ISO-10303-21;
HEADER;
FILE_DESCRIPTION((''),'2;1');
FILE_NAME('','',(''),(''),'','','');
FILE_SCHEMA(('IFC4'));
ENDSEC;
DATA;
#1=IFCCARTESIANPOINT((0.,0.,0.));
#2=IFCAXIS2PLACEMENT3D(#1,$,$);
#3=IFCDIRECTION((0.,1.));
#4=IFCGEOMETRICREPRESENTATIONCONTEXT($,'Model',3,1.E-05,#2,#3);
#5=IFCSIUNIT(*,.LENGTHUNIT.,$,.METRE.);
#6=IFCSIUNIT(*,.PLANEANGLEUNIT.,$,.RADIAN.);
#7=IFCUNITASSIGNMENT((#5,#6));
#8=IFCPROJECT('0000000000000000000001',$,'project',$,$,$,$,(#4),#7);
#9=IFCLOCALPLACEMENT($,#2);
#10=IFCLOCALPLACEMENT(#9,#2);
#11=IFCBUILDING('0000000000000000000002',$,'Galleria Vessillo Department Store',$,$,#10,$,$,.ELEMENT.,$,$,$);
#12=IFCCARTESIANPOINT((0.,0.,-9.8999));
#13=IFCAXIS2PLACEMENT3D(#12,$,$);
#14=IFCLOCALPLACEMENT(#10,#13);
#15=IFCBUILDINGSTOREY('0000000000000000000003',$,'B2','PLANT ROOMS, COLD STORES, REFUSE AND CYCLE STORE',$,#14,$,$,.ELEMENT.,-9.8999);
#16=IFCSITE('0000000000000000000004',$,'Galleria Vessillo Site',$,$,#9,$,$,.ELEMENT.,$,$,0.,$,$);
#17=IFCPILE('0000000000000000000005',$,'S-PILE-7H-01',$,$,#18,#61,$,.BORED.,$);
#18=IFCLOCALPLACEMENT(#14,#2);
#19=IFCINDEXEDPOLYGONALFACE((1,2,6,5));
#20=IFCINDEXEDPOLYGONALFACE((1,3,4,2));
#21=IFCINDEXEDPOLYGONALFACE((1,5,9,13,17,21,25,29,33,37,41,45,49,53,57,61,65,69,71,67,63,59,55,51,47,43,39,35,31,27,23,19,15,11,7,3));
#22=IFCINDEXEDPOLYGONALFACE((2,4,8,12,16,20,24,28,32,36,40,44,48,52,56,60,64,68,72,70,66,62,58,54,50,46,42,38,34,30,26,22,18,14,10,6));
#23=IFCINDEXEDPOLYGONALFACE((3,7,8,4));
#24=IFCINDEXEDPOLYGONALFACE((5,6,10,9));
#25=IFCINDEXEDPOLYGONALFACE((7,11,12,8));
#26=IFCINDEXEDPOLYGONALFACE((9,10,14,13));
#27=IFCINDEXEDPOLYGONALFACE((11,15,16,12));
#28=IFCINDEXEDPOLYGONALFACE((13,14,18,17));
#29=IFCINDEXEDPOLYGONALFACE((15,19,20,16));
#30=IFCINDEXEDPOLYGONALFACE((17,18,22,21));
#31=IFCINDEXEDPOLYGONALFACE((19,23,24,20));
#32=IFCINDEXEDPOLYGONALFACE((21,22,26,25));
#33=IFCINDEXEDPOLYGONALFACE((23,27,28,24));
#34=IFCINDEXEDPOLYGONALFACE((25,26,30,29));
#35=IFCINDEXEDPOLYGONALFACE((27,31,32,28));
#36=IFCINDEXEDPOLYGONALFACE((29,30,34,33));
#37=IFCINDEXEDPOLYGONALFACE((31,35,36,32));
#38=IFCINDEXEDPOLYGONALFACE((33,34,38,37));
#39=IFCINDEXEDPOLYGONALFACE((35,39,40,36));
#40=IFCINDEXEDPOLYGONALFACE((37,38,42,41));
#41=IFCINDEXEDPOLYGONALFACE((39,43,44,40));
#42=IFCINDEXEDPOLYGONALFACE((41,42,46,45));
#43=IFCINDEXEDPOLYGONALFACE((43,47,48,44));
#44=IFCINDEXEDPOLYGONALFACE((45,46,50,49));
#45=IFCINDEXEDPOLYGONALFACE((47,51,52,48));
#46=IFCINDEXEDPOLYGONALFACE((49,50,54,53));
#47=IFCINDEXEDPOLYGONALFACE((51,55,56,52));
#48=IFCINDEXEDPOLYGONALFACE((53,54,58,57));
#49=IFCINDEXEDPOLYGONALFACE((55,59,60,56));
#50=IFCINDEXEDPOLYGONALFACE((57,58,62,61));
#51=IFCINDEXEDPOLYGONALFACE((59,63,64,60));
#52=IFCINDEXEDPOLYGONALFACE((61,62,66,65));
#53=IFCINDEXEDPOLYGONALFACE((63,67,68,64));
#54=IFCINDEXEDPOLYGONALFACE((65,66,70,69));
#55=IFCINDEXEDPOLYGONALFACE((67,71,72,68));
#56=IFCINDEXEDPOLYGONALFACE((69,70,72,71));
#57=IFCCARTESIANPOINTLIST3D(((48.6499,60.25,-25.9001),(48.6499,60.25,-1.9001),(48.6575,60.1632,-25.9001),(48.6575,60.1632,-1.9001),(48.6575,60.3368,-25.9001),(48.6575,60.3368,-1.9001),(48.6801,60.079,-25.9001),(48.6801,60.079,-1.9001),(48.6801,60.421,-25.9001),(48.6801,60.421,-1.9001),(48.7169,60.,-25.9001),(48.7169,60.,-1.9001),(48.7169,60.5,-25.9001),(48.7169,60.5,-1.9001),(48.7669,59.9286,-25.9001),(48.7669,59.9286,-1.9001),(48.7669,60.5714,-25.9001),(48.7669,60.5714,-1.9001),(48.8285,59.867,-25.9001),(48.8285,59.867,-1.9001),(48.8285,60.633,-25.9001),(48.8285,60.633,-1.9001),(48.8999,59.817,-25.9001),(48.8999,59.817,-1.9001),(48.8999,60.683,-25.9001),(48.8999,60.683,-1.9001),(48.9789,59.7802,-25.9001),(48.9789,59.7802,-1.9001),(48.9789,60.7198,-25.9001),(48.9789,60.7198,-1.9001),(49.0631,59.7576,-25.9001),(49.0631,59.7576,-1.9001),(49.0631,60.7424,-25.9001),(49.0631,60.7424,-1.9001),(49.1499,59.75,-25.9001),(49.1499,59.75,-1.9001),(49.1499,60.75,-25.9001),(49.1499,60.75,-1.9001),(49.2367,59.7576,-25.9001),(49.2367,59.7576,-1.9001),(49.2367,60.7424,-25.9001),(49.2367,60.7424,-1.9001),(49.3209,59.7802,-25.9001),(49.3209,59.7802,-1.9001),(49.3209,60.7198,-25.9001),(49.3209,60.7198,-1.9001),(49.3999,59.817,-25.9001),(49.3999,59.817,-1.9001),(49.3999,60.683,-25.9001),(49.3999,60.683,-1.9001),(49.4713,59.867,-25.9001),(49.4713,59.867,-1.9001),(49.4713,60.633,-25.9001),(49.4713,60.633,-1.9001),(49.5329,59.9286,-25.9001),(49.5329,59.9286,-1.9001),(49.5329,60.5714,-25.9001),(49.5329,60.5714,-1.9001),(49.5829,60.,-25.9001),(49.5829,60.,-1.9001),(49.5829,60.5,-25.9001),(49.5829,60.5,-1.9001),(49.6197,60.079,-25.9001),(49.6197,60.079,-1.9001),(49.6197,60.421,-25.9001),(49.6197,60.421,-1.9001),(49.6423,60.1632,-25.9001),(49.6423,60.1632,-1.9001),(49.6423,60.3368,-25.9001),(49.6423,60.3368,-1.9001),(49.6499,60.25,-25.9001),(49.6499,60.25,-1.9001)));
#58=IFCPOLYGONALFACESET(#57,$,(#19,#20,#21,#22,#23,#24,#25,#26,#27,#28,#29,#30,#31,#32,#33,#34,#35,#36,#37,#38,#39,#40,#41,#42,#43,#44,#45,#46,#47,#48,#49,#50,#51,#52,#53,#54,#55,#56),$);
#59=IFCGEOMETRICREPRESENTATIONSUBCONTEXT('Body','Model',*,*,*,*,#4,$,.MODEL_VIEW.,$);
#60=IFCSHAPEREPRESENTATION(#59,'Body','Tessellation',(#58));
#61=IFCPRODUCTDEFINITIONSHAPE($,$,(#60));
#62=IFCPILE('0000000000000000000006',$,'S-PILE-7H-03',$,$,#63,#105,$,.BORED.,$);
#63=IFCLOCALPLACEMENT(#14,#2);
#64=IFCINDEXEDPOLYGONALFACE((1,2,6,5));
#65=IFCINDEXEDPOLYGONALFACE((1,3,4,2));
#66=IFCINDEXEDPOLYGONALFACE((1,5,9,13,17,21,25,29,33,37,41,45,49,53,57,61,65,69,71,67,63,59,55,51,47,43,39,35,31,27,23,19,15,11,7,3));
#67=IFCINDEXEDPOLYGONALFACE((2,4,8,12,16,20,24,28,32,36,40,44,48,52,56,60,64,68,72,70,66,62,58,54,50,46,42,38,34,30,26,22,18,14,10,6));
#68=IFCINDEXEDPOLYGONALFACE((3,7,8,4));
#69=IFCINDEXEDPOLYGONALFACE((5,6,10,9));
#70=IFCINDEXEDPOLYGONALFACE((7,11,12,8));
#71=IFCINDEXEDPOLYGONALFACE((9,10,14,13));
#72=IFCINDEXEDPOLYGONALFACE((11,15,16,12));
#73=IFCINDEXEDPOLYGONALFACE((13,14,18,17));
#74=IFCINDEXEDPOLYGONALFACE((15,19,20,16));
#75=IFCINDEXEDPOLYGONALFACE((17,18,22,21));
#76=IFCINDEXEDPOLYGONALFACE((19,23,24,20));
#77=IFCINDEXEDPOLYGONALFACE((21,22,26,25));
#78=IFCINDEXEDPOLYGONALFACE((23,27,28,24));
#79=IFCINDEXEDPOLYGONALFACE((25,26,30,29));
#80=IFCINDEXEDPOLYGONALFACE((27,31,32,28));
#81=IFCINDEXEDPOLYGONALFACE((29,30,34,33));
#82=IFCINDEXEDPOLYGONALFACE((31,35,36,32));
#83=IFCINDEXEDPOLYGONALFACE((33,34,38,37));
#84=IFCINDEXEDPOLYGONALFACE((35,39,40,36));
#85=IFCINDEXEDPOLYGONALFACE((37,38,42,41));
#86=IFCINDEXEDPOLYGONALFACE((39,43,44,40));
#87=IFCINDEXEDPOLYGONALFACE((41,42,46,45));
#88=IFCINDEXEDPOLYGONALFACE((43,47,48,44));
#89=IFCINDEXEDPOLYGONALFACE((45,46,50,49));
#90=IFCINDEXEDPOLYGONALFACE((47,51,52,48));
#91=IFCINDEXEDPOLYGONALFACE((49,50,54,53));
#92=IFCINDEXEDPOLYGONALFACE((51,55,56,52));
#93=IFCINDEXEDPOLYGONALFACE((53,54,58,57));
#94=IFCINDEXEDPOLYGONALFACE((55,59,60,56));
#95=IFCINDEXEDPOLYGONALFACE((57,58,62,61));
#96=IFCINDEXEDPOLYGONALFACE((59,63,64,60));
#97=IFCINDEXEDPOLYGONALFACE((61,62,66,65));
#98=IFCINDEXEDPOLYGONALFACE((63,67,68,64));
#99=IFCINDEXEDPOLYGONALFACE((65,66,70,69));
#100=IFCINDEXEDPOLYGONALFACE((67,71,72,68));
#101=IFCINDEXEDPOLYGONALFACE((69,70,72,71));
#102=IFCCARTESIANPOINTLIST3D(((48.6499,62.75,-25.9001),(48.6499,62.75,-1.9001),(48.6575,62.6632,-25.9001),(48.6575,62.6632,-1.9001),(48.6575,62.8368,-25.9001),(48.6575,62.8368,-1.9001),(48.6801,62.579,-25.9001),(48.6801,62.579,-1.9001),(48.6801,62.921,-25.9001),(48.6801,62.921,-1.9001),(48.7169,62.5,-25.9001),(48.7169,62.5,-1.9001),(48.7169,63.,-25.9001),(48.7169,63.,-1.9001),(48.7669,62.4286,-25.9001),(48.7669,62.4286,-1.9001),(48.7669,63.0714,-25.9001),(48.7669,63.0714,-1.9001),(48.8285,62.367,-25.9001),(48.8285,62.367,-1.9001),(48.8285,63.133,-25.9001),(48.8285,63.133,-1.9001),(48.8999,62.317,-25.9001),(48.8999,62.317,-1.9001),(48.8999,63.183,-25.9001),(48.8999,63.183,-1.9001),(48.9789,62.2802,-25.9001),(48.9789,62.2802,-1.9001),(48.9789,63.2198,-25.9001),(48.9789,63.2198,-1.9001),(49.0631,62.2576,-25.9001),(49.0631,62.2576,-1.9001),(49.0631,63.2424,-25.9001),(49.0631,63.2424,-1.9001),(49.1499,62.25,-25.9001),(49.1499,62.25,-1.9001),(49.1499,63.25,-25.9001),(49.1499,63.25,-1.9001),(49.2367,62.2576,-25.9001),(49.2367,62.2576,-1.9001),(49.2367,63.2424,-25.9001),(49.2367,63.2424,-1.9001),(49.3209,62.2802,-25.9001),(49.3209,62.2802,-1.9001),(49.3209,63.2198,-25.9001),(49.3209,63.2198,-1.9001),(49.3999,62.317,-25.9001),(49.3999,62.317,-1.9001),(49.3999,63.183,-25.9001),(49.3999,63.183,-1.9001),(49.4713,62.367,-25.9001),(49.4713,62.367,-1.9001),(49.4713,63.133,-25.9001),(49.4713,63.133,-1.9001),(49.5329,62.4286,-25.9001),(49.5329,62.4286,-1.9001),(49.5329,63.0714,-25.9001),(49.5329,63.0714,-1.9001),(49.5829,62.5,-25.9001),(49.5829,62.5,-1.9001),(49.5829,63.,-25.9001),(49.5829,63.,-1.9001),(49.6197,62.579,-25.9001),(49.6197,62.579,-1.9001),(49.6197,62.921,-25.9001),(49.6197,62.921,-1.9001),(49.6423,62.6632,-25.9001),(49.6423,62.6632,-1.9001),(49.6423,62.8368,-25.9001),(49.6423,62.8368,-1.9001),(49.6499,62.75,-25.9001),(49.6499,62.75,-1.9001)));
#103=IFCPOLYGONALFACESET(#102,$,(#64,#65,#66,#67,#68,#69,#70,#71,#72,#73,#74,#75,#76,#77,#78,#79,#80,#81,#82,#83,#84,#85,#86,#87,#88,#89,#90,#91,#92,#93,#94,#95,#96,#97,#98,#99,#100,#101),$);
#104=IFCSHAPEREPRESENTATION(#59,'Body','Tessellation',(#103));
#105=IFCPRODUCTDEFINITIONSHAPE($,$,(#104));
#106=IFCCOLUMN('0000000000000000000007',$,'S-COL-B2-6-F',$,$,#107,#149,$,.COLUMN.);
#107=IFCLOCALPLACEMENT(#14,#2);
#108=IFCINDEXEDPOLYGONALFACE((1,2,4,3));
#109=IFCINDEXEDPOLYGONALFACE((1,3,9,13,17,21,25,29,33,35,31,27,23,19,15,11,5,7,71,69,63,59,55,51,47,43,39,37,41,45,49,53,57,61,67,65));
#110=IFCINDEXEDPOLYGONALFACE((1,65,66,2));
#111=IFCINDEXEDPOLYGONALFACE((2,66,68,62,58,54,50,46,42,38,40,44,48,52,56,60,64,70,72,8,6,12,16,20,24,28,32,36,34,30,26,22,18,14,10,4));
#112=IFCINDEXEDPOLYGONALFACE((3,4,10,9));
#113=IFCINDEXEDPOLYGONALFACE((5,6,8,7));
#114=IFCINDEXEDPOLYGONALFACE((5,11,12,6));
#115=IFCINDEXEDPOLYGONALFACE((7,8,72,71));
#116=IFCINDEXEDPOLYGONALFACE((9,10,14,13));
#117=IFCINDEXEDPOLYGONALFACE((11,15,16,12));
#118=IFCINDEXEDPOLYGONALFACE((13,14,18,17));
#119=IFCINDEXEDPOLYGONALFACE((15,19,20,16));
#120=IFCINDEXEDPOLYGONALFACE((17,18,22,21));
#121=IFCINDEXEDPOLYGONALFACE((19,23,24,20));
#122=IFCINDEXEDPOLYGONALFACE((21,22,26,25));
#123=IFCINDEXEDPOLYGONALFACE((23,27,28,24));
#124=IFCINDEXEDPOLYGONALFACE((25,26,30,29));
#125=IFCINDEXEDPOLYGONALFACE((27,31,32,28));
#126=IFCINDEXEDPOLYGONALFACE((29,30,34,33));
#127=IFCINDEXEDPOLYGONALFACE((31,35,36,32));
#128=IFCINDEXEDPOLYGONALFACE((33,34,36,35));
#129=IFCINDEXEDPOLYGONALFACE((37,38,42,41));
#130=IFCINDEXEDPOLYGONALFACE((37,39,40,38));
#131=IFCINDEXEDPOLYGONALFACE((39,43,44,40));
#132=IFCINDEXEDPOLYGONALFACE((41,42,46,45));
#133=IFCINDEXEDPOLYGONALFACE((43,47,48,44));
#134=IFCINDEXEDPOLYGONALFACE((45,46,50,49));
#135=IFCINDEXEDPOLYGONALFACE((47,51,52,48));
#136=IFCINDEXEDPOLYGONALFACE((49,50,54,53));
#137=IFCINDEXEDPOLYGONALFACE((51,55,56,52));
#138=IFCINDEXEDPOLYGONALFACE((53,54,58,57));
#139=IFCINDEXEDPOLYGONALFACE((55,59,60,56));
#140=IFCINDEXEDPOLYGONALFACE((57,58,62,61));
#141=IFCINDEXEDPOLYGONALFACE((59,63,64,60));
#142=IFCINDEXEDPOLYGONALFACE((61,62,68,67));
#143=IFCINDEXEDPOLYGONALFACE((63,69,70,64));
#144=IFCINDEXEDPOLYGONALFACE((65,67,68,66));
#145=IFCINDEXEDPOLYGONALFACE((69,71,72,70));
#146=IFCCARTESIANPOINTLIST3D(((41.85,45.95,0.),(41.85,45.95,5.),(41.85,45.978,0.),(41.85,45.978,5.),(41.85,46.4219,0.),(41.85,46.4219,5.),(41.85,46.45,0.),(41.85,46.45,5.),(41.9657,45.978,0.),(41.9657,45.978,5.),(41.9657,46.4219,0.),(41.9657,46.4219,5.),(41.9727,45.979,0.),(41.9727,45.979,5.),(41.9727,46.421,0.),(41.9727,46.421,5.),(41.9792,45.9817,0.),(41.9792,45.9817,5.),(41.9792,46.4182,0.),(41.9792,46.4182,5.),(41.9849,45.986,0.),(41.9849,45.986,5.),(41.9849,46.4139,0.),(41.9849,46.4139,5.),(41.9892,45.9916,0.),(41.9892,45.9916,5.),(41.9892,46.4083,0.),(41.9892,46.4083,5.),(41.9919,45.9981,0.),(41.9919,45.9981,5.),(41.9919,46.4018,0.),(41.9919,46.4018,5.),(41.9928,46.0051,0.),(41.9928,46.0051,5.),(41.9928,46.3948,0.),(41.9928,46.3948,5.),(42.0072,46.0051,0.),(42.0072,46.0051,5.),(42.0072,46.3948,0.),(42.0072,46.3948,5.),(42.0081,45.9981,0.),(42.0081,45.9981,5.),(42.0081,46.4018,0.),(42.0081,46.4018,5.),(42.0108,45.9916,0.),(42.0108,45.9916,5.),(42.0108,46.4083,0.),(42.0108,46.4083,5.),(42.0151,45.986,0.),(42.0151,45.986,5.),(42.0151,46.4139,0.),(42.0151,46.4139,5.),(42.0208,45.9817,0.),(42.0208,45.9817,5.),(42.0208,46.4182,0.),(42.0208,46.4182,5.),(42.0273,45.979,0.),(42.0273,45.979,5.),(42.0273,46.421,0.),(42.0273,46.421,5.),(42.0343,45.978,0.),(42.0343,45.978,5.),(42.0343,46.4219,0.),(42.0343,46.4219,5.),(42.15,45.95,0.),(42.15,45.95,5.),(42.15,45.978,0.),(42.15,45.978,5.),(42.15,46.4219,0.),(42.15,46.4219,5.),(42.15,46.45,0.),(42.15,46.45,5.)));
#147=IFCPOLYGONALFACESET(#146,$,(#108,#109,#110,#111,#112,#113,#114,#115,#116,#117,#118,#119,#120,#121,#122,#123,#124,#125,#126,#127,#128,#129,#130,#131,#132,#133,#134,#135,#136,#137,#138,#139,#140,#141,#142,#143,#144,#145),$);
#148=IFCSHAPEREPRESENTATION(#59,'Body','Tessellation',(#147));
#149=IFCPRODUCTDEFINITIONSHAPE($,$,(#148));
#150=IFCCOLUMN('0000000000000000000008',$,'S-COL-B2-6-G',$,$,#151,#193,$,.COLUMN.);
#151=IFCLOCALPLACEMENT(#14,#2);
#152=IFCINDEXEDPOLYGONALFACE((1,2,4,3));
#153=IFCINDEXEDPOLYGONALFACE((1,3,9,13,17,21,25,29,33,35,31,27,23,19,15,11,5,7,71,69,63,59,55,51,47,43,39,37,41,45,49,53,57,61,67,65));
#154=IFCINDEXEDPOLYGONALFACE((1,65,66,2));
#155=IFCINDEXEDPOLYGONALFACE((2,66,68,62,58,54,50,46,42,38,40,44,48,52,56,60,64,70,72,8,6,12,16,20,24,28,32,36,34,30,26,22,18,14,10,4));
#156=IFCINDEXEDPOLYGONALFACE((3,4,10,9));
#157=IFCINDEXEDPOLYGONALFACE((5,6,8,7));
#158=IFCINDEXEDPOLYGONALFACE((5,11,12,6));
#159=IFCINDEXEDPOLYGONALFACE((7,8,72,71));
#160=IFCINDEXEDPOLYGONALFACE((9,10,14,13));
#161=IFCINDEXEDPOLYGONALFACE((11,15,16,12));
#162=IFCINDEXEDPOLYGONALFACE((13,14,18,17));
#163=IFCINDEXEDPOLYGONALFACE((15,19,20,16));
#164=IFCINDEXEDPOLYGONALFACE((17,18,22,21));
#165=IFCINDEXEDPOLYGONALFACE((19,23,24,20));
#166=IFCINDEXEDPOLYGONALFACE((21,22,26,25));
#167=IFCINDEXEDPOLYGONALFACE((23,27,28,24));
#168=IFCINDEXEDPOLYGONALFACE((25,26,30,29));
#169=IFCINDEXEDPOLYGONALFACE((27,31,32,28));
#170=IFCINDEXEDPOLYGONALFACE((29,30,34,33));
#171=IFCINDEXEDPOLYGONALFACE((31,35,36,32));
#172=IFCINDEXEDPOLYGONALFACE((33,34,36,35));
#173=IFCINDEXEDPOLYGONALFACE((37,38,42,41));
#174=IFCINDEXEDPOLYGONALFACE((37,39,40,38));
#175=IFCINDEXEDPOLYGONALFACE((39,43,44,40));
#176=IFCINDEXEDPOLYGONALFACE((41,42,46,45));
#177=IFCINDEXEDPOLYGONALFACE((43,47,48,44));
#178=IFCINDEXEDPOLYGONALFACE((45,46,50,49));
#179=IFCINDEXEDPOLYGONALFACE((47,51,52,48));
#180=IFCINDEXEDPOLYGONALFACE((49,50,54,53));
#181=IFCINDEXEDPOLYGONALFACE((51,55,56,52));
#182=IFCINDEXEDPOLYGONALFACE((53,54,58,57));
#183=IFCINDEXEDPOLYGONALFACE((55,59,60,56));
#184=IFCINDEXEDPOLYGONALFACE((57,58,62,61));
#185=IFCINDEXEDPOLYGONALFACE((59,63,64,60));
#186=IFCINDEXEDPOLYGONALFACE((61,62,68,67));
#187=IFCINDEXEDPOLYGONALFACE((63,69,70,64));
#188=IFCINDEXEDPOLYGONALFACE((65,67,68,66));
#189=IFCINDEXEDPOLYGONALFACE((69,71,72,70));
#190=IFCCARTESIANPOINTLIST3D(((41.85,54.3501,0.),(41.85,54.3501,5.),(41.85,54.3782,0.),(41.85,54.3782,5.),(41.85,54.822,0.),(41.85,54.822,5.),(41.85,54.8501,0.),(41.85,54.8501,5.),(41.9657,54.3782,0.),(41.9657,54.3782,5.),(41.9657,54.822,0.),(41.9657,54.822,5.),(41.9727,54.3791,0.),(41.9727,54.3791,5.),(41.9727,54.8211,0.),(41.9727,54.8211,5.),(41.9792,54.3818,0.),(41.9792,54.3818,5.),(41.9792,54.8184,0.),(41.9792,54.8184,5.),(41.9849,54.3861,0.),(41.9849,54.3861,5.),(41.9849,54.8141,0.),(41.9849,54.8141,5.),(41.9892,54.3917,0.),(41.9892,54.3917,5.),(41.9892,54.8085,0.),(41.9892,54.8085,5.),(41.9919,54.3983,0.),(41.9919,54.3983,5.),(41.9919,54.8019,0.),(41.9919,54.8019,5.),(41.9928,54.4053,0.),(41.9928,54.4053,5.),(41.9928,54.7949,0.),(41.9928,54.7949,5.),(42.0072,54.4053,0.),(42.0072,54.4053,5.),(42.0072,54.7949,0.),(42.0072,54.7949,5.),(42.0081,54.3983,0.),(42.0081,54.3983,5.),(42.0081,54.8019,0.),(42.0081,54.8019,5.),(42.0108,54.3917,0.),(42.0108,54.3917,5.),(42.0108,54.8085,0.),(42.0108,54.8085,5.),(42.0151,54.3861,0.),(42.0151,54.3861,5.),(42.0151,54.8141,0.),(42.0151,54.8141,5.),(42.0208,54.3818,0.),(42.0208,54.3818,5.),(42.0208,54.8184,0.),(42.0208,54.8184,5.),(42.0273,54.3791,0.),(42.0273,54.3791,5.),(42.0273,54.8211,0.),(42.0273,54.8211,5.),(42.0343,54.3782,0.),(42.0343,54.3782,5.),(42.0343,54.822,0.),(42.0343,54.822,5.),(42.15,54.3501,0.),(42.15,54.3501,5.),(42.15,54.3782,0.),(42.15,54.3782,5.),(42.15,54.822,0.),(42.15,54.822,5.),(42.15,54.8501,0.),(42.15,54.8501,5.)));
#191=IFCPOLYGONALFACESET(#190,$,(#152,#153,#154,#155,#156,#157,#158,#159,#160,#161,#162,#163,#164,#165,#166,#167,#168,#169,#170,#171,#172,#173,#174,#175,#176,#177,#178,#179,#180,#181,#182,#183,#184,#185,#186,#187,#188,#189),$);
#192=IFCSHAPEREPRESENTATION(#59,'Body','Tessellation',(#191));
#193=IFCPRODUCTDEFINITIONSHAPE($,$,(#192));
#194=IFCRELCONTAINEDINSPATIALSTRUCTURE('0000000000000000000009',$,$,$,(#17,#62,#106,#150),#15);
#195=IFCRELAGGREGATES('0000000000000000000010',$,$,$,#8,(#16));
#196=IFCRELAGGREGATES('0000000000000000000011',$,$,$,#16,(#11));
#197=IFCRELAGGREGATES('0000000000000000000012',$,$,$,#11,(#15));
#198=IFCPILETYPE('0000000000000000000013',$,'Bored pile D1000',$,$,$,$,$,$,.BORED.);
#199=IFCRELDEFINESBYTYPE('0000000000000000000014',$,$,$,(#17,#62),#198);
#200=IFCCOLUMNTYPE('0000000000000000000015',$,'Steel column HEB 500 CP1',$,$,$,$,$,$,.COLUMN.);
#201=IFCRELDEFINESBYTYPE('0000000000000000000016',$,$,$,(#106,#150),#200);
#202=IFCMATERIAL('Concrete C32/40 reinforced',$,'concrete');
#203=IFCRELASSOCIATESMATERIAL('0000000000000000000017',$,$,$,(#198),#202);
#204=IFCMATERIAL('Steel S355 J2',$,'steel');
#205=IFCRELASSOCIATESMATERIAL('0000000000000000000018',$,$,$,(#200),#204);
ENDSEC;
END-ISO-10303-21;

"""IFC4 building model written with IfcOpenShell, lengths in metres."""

from ifc_helpers import new_model, si_unit, direction, frame, origin, origin_2d, place, context, subcontext, project, spatial, circle, i_section, extrude, material, material_profile, profile_set, type_object, element, save


model = new_model("IFC4")

# Units and contexts
model_context = context("Model", 3, precision=1e-05, world=origin(), true_north=direction((0.0, 1.0)))
body_context = subcontext(model_context, "Body", "Model", "MODEL_VIEW")
ifc_project = project(units=[si_unit("LENGTHUNIT", "METRE"), si_unit("PLANEANGLEUNIT", "RADIAN")], contexts=[model_context])

# Site, building, storey
site_placement = place(None, origin())
site = spatial("IfcSite", under=ifc_project, at=site_placement, Name="Galleria Vessillo Site", CompositionType="ELEMENT", RefElevation=0.0)
building_placement = place(site_placement, origin())
building = spatial("IfcBuilding", under=site, at=building_placement, Name="Galleria Vessillo Department Store", CompositionType="ELEMENT")
storey_placement = place(building_placement, frame((0.0, 0.0, -9.8999)))
storey = spatial("IfcBuildingStorey", under=building, at=storey_placement, Name="B2", Description="PLANT ROOMS, COLD STORES, REFUSE AND CYCLE STORE", CompositionType="ELEMENT", Elevation=-9.8999)

# Piles
ifc_material_1 = material(Name="Concrete C32/40 reinforced", Category="concrete")
ifc_material_profile_1 = material_profile(ifc_material_1, circle(Radius=0.5, at=origin_2d()), Name="Bored pile D1000")
ifc_profile_set_1 = profile_set([ifc_material_profile_1], Name="Concrete C32/40 reinforced")
pile_type = type_object("IfcPileType", Name="Bored pile D1000", PredefinedType="BORED", material=ifc_profile_set_1)
for number, where, z_axis, x_axis, name in (
    (1, (49.1499, 60.25, -1.9001), (0.0, 0.0, -1.0), (1.0, 0.0, 0.0), "S-PILE-7H-01"),
    (2, (49.1499, 62.75, -1.9001), (0.0, 0.0, -1.0), (1.0, 0.0, 0.0), "S-PILE-7H-03"),
):
    element("IfcPile", number, at=place(storey_placement, frame(where, z_axis=z_axis, x_axis=x_axis)), inside=storey, type_object=pile_type, Name=name, PredefinedType="BORED", context=body_context, shape_type="SweptSolid", body=[
        extrude(circle(Radius=0.5, at=origin_2d()), origin(), (0.0, 0.0, 1.0), 24.0),
    ])

# Columns
ifc_material_2 = material(Name="Steel S355 J2", Category="steel")
ifc_material_profile_2 = material_profile(ifc_material_2, i_section(OverallWidth=0.3, OverallDepth=0.5, WebThickness=0.0144, FlangeThickness=0.0281, FilletRadius=0.0271, at=origin_2d()), Name="HEB 500")
ifc_profile_set_2 = profile_set([ifc_material_profile_2], Name="Steel S355 J2")
column_type = type_object("IfcColumnType", Name="Steel column HEB 500 CP1", PredefinedType="COLUMN", material=ifc_profile_set_2)
for number, where, z_axis, x_axis, name in (
    (3, (42.0, 46.2, 0.0), (0.0, 0.0, 1.0), (1.0, 0.0, 0.0), "S-COL-B2-6-F"),
    (4, (42.0, 54.6001, 0.0), (0.0, 0.0, 1.0), (1.0, 0.0, 0.0), "S-COL-B2-6-G"),
):
    element("IfcColumn", number, at=place(storey_placement, frame(where, z_axis=z_axis, x_axis=x_axis)), inside=storey, type_object=column_type, Name=name, PredefinedType="COLUMN", context=body_context, shape_type="SweptSolid", body=[
        extrude(i_section(OverallWidth=0.3, OverallDepth=0.5, WebThickness=0.0144, FlangeThickness=0.0281, FilletRadius=0.0271, at=origin_2d()), origin(), (0.0, 0.0, 1.0), 5.0),
    ])

save(model, "model.ifc")
